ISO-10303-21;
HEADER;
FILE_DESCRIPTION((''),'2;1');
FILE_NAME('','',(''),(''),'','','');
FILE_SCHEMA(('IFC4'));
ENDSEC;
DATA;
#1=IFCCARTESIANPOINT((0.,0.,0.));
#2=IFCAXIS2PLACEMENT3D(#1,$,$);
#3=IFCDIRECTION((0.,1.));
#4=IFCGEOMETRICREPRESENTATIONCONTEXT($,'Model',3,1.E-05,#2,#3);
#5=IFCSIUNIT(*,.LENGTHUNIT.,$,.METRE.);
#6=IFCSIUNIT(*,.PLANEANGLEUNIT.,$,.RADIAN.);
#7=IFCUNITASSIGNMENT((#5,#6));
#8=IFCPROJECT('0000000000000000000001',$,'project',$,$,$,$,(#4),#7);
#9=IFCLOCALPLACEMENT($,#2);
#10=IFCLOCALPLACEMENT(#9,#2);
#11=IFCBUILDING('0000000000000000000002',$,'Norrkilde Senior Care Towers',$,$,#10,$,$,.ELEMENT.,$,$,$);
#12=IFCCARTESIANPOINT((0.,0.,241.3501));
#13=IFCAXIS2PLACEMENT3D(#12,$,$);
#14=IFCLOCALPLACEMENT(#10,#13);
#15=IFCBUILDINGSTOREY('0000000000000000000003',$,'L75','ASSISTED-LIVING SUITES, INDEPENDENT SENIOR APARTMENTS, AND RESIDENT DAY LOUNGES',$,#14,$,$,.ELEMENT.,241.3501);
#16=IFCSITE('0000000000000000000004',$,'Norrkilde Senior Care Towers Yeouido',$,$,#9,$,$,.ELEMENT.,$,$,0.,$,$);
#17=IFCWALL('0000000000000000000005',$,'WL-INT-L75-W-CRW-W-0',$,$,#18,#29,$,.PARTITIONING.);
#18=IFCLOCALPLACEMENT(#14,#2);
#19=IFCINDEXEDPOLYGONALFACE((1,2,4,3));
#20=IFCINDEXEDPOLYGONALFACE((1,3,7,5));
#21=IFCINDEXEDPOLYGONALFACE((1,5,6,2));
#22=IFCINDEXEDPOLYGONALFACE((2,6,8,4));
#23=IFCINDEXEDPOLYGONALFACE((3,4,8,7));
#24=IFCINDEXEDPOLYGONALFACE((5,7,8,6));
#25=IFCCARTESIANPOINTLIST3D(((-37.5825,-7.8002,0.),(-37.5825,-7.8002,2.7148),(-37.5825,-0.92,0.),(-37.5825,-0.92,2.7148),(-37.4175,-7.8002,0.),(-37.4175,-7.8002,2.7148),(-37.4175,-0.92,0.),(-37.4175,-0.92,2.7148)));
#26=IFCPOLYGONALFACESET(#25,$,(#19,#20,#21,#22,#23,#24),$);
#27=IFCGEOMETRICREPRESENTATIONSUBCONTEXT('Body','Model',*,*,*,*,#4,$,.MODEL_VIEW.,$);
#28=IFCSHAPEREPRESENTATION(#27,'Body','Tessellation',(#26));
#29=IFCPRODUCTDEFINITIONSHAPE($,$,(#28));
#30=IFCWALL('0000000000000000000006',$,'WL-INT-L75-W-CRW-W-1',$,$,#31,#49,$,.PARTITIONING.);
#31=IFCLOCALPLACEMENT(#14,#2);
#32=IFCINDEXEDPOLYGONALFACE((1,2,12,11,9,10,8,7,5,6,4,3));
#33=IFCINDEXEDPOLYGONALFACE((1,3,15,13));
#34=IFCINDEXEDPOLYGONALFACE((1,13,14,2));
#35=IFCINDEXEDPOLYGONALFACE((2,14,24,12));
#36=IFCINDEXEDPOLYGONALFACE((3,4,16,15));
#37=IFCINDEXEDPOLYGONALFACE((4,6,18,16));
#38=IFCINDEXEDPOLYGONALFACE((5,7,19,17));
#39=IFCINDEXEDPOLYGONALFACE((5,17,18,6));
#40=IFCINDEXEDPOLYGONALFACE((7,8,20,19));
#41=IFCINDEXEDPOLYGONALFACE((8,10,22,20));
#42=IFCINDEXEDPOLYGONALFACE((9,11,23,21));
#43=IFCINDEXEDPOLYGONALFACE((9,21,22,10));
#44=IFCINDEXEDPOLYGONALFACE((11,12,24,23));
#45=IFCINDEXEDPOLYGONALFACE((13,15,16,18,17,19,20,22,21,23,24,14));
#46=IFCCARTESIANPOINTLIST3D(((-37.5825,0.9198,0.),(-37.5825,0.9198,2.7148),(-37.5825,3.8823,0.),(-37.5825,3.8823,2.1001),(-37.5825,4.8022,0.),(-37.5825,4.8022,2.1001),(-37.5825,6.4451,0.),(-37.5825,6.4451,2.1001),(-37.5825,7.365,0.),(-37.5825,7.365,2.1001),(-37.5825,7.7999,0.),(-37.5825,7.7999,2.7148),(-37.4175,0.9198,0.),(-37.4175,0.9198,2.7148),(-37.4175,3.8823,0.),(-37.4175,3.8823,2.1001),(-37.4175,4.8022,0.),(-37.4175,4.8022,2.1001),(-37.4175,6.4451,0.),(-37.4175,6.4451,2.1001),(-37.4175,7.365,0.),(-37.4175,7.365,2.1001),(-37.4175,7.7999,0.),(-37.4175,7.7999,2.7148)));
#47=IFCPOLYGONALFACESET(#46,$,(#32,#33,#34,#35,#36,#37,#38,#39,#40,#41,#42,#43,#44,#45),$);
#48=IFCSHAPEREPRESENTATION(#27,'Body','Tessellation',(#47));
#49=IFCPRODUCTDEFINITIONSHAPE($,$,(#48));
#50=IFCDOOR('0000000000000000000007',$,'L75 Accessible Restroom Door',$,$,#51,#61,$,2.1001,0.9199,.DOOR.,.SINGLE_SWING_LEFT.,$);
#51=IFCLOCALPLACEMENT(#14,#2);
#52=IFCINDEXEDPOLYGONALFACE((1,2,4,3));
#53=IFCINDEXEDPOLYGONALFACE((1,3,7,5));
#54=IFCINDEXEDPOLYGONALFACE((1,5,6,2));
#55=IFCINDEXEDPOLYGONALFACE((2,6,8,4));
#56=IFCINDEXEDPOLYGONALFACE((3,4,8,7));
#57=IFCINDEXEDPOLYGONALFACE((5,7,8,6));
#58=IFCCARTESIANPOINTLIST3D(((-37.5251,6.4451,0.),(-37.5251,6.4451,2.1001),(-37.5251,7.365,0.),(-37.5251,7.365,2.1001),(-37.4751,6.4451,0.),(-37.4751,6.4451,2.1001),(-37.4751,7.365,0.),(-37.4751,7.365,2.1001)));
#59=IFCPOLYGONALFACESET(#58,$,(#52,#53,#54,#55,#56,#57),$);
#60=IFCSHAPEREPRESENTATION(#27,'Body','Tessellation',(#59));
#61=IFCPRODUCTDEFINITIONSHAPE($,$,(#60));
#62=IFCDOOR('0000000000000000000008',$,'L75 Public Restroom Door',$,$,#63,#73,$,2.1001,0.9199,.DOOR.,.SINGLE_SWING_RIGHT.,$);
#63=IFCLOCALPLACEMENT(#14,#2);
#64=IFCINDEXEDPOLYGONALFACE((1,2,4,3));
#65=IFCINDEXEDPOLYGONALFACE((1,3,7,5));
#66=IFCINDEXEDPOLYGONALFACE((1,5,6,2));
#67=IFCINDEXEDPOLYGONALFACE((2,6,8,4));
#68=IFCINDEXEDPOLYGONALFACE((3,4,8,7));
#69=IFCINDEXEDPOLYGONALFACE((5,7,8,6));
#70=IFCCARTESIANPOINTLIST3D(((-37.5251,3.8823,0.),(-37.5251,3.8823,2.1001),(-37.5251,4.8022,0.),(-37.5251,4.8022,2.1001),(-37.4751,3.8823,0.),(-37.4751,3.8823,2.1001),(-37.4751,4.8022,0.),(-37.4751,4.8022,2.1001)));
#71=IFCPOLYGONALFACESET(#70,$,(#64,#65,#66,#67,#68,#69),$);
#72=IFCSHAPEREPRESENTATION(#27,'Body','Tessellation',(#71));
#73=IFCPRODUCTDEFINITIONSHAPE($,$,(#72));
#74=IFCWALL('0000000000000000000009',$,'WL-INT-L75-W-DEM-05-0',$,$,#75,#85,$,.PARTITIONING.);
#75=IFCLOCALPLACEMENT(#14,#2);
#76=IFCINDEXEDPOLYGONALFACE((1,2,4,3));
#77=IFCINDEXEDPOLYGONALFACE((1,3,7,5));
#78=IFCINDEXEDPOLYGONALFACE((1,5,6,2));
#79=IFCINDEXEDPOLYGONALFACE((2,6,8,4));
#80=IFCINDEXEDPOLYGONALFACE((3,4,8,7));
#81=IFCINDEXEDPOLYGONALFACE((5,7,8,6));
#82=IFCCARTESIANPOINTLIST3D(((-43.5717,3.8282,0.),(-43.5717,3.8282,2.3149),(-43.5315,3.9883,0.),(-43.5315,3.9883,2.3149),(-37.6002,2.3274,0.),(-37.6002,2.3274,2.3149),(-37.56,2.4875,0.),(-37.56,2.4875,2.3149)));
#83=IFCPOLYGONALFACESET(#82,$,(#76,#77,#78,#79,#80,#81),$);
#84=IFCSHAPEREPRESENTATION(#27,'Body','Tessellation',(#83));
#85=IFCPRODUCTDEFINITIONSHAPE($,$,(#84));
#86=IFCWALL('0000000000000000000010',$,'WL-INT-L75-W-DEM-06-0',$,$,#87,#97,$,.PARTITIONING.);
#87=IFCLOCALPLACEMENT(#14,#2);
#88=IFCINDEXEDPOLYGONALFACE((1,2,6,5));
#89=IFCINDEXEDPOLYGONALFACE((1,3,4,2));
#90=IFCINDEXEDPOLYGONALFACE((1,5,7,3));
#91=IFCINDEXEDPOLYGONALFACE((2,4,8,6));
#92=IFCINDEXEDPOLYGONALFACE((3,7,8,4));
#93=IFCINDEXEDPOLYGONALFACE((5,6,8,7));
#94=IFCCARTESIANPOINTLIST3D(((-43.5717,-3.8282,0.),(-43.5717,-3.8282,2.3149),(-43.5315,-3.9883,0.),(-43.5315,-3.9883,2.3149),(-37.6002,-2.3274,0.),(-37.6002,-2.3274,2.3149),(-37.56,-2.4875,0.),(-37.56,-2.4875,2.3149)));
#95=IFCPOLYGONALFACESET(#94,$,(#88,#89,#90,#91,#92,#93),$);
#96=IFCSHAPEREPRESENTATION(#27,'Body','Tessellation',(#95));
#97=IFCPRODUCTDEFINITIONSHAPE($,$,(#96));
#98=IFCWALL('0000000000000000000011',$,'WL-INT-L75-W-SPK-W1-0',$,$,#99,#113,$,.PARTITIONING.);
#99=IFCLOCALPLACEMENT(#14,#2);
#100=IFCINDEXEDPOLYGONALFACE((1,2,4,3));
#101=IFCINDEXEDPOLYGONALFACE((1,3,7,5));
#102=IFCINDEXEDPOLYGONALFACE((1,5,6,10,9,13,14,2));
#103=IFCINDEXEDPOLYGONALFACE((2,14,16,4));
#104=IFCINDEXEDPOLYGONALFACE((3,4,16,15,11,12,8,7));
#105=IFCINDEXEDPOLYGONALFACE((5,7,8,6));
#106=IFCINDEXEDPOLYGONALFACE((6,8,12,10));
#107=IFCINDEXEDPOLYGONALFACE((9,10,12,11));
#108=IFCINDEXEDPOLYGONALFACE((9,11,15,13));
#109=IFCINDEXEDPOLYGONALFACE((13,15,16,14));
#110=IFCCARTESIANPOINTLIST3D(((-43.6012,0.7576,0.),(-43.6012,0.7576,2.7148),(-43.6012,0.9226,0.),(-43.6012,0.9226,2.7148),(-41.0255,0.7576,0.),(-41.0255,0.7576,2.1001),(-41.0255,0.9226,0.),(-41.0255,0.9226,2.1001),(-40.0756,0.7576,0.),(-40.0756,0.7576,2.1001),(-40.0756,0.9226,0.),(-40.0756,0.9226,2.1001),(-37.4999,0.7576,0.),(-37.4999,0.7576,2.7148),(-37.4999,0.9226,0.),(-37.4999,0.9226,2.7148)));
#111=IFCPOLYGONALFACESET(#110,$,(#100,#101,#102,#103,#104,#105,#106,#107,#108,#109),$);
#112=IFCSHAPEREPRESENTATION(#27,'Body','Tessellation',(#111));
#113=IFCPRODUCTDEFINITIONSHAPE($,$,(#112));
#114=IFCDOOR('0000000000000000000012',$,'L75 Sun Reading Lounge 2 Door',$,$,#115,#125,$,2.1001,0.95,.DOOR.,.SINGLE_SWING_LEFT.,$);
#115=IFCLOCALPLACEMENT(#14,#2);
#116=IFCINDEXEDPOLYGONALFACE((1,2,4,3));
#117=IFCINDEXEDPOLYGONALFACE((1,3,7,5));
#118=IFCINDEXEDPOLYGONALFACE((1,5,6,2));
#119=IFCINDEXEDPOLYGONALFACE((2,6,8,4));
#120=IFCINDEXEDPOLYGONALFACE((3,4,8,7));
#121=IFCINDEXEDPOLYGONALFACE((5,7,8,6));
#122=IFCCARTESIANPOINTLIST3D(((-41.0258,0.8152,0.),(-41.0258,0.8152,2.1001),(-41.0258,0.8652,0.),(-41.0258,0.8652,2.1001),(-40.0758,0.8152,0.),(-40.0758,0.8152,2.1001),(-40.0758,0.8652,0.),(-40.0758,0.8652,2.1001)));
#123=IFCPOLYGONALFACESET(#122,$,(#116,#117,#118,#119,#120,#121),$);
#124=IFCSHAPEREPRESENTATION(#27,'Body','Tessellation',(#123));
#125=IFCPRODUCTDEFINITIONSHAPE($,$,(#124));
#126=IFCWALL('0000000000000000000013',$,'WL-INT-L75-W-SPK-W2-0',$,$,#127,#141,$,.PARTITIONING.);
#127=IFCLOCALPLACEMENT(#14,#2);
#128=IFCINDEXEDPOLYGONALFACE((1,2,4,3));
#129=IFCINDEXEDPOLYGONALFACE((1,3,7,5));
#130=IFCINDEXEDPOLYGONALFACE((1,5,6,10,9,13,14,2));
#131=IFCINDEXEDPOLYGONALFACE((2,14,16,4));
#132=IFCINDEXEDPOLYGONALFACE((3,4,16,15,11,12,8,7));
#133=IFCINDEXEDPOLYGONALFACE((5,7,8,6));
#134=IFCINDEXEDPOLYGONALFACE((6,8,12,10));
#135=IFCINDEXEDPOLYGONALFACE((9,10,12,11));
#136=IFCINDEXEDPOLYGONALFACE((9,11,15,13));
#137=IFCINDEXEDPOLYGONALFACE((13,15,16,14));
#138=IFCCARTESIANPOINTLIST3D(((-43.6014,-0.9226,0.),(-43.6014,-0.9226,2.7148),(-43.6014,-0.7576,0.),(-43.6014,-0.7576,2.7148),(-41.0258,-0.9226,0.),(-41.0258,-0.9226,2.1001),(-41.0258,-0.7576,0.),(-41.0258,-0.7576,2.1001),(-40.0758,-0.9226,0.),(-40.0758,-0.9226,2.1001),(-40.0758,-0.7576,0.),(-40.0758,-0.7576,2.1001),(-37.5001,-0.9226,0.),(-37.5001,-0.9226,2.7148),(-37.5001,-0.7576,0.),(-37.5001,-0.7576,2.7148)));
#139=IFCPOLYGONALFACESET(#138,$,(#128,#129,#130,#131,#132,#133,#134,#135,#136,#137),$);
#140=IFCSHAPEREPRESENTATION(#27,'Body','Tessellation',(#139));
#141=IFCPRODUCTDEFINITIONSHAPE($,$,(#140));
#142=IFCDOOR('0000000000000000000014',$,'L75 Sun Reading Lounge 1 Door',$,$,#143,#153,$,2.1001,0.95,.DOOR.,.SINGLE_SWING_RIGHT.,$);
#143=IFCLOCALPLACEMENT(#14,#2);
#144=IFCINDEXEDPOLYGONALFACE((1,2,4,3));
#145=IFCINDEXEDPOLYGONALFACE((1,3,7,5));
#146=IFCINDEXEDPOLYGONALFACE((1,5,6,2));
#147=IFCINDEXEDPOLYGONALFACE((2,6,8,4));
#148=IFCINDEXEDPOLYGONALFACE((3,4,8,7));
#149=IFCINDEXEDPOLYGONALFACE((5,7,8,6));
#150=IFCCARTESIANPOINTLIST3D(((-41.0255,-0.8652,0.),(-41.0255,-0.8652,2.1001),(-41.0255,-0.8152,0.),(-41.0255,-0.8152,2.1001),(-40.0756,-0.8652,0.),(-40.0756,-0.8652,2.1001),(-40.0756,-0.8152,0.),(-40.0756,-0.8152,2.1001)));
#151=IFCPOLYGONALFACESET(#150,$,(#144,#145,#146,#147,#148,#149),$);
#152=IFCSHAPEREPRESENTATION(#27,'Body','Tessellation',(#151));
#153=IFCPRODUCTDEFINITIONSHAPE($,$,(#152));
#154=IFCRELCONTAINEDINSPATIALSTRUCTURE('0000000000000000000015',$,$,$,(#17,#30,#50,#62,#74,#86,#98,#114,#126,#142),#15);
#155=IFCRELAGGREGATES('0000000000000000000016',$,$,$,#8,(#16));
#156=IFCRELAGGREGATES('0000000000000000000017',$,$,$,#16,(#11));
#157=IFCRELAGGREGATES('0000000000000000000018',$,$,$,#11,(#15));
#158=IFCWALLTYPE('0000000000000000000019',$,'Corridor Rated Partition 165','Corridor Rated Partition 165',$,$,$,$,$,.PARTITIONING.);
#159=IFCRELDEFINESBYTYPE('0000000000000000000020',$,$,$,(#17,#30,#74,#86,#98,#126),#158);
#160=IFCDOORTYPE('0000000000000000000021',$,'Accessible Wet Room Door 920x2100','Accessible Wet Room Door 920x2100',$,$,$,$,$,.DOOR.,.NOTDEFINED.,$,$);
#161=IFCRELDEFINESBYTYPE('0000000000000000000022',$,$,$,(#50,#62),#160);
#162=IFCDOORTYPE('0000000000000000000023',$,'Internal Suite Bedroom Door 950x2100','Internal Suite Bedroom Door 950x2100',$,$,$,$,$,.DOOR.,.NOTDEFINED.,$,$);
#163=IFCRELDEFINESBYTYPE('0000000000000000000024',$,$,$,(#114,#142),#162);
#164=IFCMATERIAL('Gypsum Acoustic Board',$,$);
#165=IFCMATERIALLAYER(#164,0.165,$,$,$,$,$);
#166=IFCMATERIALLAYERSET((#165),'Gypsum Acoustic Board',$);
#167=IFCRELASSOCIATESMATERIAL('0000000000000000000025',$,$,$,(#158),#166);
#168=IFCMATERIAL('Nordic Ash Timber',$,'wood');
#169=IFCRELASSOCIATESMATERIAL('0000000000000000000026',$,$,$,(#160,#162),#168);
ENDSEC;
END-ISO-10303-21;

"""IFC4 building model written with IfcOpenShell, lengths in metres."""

from ifc_helpers import new_model, si_unit, direction, frame, frame_2d, origin, place, context, subcontext, project, spatial, rectangle, extrude, source, transform, mapped, material, layer, layer_set, type_object, type_shapes, element, fill, save


model = new_model("IFC4")

# Units and contexts
model_context = context("Model", 3, precision=1e-05, world=origin(), true_north=direction((0.0, 1.0)))
body_context = subcontext(model_context, "Body", "Model", "MODEL_VIEW")
ifc_project = project(units=[si_unit("LENGTHUNIT", "METRE"), si_unit("PLANEANGLEUNIT", "RADIAN")], contexts=[model_context])

# Site, building, storey
site_placement = place(None, origin())
site = spatial("IfcSite", under=ifc_project, at=site_placement, Name="Norrkilde Senior Care Towers Yeouido", CompositionType="ELEMENT", RefElevation=0.0)
building_placement = place(site_placement, origin())
building = spatial("IfcBuilding", under=site, at=building_placement, Name="Norrkilde Senior Care Towers", CompositionType="ELEMENT")
storey_placement = place(building_placement, frame((0.0, 0.0, 241.3501)))
storey = spatial("IfcBuildingStorey", under=building, at=storey_placement, Name="L75", Description="ASSISTED-LIVING SUITES, INDEPENDENT SENIOR APARTMENTS, AND RESIDENT DAY LOUNGES", CompositionType="ELEMENT", Elevation=241.3501)

# Wall
ifc_material_1 = material(Name="Gypsum Acoustic Board")
ifc_layer_1 = layer(ifc_material_1, 0.165)
ifc_layer_set_1 = layer_set([ifc_layer_1], Name="Gypsum Acoustic Board")
wall_type_1 = type_object("IfcWallType", Name="Corridor Rated Partition 165", Description="Corridor Rated Partition 165", PredefinedType="PARTITIONING", material=ifc_layer_set_1)
shared_shape_1 = source(origin(), body_context, "Body", "SweptSolid", [
    extrude(rectangle(XDim=6.8801, YDim=0.165, at=frame_2d((3.4399, 0.0))), origin(), (0.0, 0.0, 1.0), 2.7148),
])
wall_1_placement = place(storey_placement, frame((-37.5, -7.8, 0.0), z_axis=(0.0, 0.0, 1.0), x_axis=(0.0, 1.0, 0.0)))
element("IfcWall", 1, at=wall_1_placement, inside=storey, type_object=wall_type_1, Name="WL-INT-L75-W-CRW-W-0", PredefinedType="PARTITIONING", context=body_context, shape_type="MappedRepresentation", body=[
    mapped(shared_shape_1, transform((0.0, 0.0, 0.0), x_axis=(1.0, 0.0, 0.0), y_axis=(0.0, 1.0, 0.0), z_axis=(0.0, 0.0, 1.0), scale=1.0)),
])

# Wall, openings, doors
wall_2_placement = place(storey_placement, frame((-37.5, 0.9199, 0.0), z_axis=(0.0, 0.0, 1.0), x_axis=(0.0, 1.0, 0.0)))
wall_2 = element("IfcWall", 2, at=wall_2_placement, inside=storey, type_object=wall_type_1, Name="WL-INT-L75-W-CRW-W-1", PredefinedType="PARTITIONING", context=body_context, shape_type="MappedRepresentation", body=[
    mapped(shared_shape_1, transform((0.0, 0.0, 0.0), x_axis=(1.0, 0.0, 0.0), y_axis=(0.0, 1.0, 0.0), z_axis=(0.0, 0.0, 1.0), scale=1.0)),
])
opening_1_placement = place(wall_2_placement, frame((5.5251, 0.0, 0.0)))
opening_1 = element("IfcOpeningElement", 3, at=opening_1_placement, cuts=wall_2, PredefinedType="OPENING", context=body_context, shape_type="SweptSolid", body=[
    extrude(rectangle(XDim=0.9199, YDim=2.1001, at=frame_2d((0.46, 1.05))), frame((0.0, 0.0925, 0.0), z_axis=(0.0, -1.0, 0.0), x_axis=(1.0, 0.0, 0.0)), (0.0, 0.0, 1.0), 0.1851),
])
opening_2_placement = place(wall_2_placement, frame((2.9624, 0.0, 0.0)))
opening_2 = element("IfcOpeningElement", 4, at=opening_2_placement, cuts=wall_2, PredefinedType="OPENING", context=body_context, shape_type="SweptSolid", body=[
    extrude(rectangle(XDim=0.9199, YDim=2.1001, at=frame_2d((0.46, 1.05))), frame((0.0, 0.0925, 0.0), z_axis=(0.0, -1.0, 0.0), x_axis=(1.0, 0.0, 0.0)), (0.0, 0.0, 1.0), 0.1851),
])
ifc_material_2 = material(Name="Nordic Ash Timber", Category="wood")
door_type_1 = type_object("IfcDoorType", Name="Accessible Wet Room Door 920x2100", Description="Accessible Wet Room Door 920x2100", OperationType="NOTDEFINED", PredefinedType="DOOR", material=ifc_material_2)
shared_shape_2 = source(origin(), body_context, "Body", "SweptSolid", [
    extrude(rectangle(XDim=0.9199, YDim=2.1001, at=frame_2d((0.46, 1.05))), frame((0.0, 0.0249, 0.0), z_axis=(0.0, -1.0, 0.0), x_axis=(1.0, 0.0, 0.0)), (0.0, 0.0, 1.0), 0.05),
])
type_shapes(door_type_1, [shared_shape_2])
door_1_placement = place(opening_1_placement, frame((0.9199, 0.0, 0.0), z_axis=(0.0, 0.0, 1.0), x_axis=(-1.0, 0.0, 0.0)))
door_1 = element("IfcDoor", 5, at=door_1_placement, inside=storey, type_object=door_type_1, Name="L75 Accessible Restroom Door", OperationType="SINGLE_SWING_LEFT", OverallHeight=2.1001, OverallWidth=0.9199, PredefinedType="DOOR", context=body_context, shape_type="MappedRepresentation", body=[
    mapped(shared_shape_2, transform((0.0, 0.0, 0.0), x_axis=(1.0, 0.0, 0.0), y_axis=(0.0, 1.0, 0.0), z_axis=(0.0, 0.0, 1.0), scale=1.0)),
])
fill(opening_1, door_1)
door_2_placement = place(opening_2_placement, frame((0.9199, 0.0, 0.0), z_axis=(0.0, 0.0, 1.0), x_axis=(-1.0, 0.0, 0.0)))
door_2 = element("IfcDoor", 6, at=door_2_placement, inside=storey, type_object=door_type_1, Name="L75 Public Restroom Door", OperationType="SINGLE_SWING_RIGHT", OverallHeight=2.1001, OverallWidth=0.9199, PredefinedType="DOOR", context=body_context, shape_type="MappedRepresentation", body=[
    mapped(shared_shape_2, transform((0.0, 0.0, 0.0), x_axis=(1.0, 0.0, 0.0), y_axis=(0.0, 1.0, 0.0), z_axis=(0.0, 0.0, 1.0), scale=1.0)),
])
fill(opening_2, door_2)

# Walls
shared_shape_3 = source(origin(), body_context, "Body", "SweptSolid", [
    extrude(rectangle(XDim=6.1572, YDim=0.165, at=frame_2d((3.0786, 0.0))), origin(), (0.0, 0.0, 1.0), 2.3149),
])
for number, where, z_axis, x_axis, name in (
    (7, (-37.5801, 2.4075, 0.0), (0.0, 0.0, 1.0), (-0.969841, 0.243739, 0.0), "WL-INT-L75-W-DEM-05-0"),
    (8, (-37.5801, -2.4075, 0.0), (0.0, 0.0, 1.0), (-0.969841, -0.243739, 0.0), "WL-INT-L75-W-DEM-06-0"),
):
    element("IfcWall", number, at=place(storey_placement, frame(where, z_axis=z_axis, x_axis=x_axis)), inside=storey, type_object=wall_type_1, Name=name, PredefinedType="PARTITIONING", context=body_context, shape_type="MappedRepresentation", body=[
        mapped(shared_shape_3, transform((0.0, 0.0, 0.0), x_axis=(1.0, 0.0, 0.0), y_axis=(0.0, 1.0, 0.0), z_axis=(0.0, 0.0, 1.0), scale=1.0)),
    ])

# Walls, openings, doors
shared_shape_4 = source(origin(), body_context, "Body", "SweptSolid", [
    extrude(rectangle(XDim=6.1013, YDim=0.165, at=frame_2d((3.0508, 0.0))), origin(), (0.0, 0.0, 1.0), 2.7148),
])
type_shapes(wall_type_1, [shared_shape_1, shared_shape_3, shared_shape_4])
wall_3_placement = place(storey_placement, frame((-43.6013, 0.8401, 0.0), z_axis=(0.0, 0.0, 1.0), x_axis=(1.0, 0.0, 0.0)))
wall_3 = element("IfcWall", 9, at=wall_3_placement, inside=storey, type_object=wall_type_1, Name="WL-INT-L75-W-SPK-W1-0", PredefinedType="PARTITIONING", context=body_context, shape_type="MappedRepresentation", body=[
    mapped(shared_shape_4, transform((0.0, 0.0, 0.0), x_axis=(1.0, 0.0, 0.0), y_axis=(0.0, 1.0, 0.0), z_axis=(0.0, 0.0, 1.0), scale=1.0)),
])
opening_3_placement = place(wall_3_placement, frame((2.5757, 0.0, 0.0)))
opening_3 = element("IfcOpeningElement", 10, at=opening_3_placement, cuts=wall_3, PredefinedType="OPENING", context=body_context, shape_type="SweptSolid", body=[
    extrude(rectangle(XDim=0.95, YDim=2.1001, at=frame_2d((0.4751, 1.05))), frame((0.0, 0.0925, 0.0), z_axis=(0.0, -1.0, 0.0), x_axis=(1.0, 0.0, 0.0)), (0.0, 0.0, 1.0), 0.1851),
])
door_type_2 = type_object("IfcDoorType", Name="Internal Suite Bedroom Door 950x2100", Description="Internal Suite Bedroom Door 950x2100", OperationType="NOTDEFINED", PredefinedType="DOOR", material=ifc_material_2)
shared_shape_5 = source(origin(), body_context, "Body", "SweptSolid", [
    extrude(rectangle(XDim=0.95, YDim=2.1001, at=frame_2d((0.4751, 1.05))), frame((0.0, 0.0249, 0.0), z_axis=(0.0, -1.0, 0.0), x_axis=(1.0, 0.0, 0.0)), (0.0, 0.0, 1.0), 0.05),
])
type_shapes(door_type_2, [shared_shape_5])
door_3_placement = place(opening_3_placement, frame((0.95, 0.0, 0.0), z_axis=(0.0, 0.0, 1.0), x_axis=(-1.0, 0.0, 0.0)))
door_3 = element("IfcDoor", 11, at=door_3_placement, inside=storey, type_object=door_type_2, Name="L75 Sun Reading Lounge 2 Door", OperationType="SINGLE_SWING_LEFT", OverallHeight=2.1001, OverallWidth=0.95, PredefinedType="DOOR", context=body_context, shape_type="MappedRepresentation", body=[
    mapped(shared_shape_5, transform((0.0, 0.0, 0.0), x_axis=(1.0, 0.0, 0.0), y_axis=(0.0, 1.0, 0.0), z_axis=(0.0, 0.0, 1.0), scale=1.0)),
])
fill(opening_3, door_3)
wall_4_placement = place(storey_placement, frame((-37.5, -0.8401, 0.0), z_axis=(0.0, 0.0, 1.0), x_axis=(-1.0, 0.0, 0.0)))
wall_4 = element("IfcWall", 12, at=wall_4_placement, inside=storey, type_object=wall_type_1, Name="WL-INT-L75-W-SPK-W2-0", PredefinedType="PARTITIONING", context=body_context, shape_type="MappedRepresentation", body=[
    mapped(shared_shape_4, transform((0.0, 0.0, 0.0), x_axis=(1.0, 0.0, 0.0), y_axis=(0.0, 1.0, 0.0), z_axis=(0.0, 0.0, 1.0), scale=1.0)),
])
opening_4_placement = place(wall_4_placement, frame((2.5757, 0.0, 0.0)))
opening_4 = element("IfcOpeningElement", 13, at=opening_4_placement, cuts=wall_4, PredefinedType="OPENING", context=body_context, shape_type="SweptSolid", body=[
    extrude(rectangle(XDim=0.95, YDim=2.1001, at=frame_2d((0.4751, 1.05))), frame((0.0, 0.0925, 0.0), z_axis=(0.0, -1.0, 0.0), x_axis=(1.0, 0.0, 0.0)), (0.0, 0.0, 1.0), 0.1851),
])
door_4_placement = place(opening_4_placement, frame((0.95, 0.0, 0.0), z_axis=(0.0, 0.0, 1.0), x_axis=(-1.0, 0.0, 0.0)))
door_4 = element("IfcDoor", 14, at=door_4_placement, inside=storey, type_object=door_type_2, Name="L75 Sun Reading Lounge 1 Door", OperationType="SINGLE_SWING_RIGHT", OverallHeight=2.1001, OverallWidth=0.95, PredefinedType="DOOR", context=body_context, shape_type="MappedRepresentation", body=[
    mapped(shared_shape_5, transform((0.0, 0.0, 0.0), x_axis=(1.0, 0.0, 0.0), y_axis=(0.0, 1.0, 0.0), z_axis=(0.0, 0.0, 1.0), scale=1.0)),
])
fill(opening_4, door_4)

save(model, "model.ifc")
